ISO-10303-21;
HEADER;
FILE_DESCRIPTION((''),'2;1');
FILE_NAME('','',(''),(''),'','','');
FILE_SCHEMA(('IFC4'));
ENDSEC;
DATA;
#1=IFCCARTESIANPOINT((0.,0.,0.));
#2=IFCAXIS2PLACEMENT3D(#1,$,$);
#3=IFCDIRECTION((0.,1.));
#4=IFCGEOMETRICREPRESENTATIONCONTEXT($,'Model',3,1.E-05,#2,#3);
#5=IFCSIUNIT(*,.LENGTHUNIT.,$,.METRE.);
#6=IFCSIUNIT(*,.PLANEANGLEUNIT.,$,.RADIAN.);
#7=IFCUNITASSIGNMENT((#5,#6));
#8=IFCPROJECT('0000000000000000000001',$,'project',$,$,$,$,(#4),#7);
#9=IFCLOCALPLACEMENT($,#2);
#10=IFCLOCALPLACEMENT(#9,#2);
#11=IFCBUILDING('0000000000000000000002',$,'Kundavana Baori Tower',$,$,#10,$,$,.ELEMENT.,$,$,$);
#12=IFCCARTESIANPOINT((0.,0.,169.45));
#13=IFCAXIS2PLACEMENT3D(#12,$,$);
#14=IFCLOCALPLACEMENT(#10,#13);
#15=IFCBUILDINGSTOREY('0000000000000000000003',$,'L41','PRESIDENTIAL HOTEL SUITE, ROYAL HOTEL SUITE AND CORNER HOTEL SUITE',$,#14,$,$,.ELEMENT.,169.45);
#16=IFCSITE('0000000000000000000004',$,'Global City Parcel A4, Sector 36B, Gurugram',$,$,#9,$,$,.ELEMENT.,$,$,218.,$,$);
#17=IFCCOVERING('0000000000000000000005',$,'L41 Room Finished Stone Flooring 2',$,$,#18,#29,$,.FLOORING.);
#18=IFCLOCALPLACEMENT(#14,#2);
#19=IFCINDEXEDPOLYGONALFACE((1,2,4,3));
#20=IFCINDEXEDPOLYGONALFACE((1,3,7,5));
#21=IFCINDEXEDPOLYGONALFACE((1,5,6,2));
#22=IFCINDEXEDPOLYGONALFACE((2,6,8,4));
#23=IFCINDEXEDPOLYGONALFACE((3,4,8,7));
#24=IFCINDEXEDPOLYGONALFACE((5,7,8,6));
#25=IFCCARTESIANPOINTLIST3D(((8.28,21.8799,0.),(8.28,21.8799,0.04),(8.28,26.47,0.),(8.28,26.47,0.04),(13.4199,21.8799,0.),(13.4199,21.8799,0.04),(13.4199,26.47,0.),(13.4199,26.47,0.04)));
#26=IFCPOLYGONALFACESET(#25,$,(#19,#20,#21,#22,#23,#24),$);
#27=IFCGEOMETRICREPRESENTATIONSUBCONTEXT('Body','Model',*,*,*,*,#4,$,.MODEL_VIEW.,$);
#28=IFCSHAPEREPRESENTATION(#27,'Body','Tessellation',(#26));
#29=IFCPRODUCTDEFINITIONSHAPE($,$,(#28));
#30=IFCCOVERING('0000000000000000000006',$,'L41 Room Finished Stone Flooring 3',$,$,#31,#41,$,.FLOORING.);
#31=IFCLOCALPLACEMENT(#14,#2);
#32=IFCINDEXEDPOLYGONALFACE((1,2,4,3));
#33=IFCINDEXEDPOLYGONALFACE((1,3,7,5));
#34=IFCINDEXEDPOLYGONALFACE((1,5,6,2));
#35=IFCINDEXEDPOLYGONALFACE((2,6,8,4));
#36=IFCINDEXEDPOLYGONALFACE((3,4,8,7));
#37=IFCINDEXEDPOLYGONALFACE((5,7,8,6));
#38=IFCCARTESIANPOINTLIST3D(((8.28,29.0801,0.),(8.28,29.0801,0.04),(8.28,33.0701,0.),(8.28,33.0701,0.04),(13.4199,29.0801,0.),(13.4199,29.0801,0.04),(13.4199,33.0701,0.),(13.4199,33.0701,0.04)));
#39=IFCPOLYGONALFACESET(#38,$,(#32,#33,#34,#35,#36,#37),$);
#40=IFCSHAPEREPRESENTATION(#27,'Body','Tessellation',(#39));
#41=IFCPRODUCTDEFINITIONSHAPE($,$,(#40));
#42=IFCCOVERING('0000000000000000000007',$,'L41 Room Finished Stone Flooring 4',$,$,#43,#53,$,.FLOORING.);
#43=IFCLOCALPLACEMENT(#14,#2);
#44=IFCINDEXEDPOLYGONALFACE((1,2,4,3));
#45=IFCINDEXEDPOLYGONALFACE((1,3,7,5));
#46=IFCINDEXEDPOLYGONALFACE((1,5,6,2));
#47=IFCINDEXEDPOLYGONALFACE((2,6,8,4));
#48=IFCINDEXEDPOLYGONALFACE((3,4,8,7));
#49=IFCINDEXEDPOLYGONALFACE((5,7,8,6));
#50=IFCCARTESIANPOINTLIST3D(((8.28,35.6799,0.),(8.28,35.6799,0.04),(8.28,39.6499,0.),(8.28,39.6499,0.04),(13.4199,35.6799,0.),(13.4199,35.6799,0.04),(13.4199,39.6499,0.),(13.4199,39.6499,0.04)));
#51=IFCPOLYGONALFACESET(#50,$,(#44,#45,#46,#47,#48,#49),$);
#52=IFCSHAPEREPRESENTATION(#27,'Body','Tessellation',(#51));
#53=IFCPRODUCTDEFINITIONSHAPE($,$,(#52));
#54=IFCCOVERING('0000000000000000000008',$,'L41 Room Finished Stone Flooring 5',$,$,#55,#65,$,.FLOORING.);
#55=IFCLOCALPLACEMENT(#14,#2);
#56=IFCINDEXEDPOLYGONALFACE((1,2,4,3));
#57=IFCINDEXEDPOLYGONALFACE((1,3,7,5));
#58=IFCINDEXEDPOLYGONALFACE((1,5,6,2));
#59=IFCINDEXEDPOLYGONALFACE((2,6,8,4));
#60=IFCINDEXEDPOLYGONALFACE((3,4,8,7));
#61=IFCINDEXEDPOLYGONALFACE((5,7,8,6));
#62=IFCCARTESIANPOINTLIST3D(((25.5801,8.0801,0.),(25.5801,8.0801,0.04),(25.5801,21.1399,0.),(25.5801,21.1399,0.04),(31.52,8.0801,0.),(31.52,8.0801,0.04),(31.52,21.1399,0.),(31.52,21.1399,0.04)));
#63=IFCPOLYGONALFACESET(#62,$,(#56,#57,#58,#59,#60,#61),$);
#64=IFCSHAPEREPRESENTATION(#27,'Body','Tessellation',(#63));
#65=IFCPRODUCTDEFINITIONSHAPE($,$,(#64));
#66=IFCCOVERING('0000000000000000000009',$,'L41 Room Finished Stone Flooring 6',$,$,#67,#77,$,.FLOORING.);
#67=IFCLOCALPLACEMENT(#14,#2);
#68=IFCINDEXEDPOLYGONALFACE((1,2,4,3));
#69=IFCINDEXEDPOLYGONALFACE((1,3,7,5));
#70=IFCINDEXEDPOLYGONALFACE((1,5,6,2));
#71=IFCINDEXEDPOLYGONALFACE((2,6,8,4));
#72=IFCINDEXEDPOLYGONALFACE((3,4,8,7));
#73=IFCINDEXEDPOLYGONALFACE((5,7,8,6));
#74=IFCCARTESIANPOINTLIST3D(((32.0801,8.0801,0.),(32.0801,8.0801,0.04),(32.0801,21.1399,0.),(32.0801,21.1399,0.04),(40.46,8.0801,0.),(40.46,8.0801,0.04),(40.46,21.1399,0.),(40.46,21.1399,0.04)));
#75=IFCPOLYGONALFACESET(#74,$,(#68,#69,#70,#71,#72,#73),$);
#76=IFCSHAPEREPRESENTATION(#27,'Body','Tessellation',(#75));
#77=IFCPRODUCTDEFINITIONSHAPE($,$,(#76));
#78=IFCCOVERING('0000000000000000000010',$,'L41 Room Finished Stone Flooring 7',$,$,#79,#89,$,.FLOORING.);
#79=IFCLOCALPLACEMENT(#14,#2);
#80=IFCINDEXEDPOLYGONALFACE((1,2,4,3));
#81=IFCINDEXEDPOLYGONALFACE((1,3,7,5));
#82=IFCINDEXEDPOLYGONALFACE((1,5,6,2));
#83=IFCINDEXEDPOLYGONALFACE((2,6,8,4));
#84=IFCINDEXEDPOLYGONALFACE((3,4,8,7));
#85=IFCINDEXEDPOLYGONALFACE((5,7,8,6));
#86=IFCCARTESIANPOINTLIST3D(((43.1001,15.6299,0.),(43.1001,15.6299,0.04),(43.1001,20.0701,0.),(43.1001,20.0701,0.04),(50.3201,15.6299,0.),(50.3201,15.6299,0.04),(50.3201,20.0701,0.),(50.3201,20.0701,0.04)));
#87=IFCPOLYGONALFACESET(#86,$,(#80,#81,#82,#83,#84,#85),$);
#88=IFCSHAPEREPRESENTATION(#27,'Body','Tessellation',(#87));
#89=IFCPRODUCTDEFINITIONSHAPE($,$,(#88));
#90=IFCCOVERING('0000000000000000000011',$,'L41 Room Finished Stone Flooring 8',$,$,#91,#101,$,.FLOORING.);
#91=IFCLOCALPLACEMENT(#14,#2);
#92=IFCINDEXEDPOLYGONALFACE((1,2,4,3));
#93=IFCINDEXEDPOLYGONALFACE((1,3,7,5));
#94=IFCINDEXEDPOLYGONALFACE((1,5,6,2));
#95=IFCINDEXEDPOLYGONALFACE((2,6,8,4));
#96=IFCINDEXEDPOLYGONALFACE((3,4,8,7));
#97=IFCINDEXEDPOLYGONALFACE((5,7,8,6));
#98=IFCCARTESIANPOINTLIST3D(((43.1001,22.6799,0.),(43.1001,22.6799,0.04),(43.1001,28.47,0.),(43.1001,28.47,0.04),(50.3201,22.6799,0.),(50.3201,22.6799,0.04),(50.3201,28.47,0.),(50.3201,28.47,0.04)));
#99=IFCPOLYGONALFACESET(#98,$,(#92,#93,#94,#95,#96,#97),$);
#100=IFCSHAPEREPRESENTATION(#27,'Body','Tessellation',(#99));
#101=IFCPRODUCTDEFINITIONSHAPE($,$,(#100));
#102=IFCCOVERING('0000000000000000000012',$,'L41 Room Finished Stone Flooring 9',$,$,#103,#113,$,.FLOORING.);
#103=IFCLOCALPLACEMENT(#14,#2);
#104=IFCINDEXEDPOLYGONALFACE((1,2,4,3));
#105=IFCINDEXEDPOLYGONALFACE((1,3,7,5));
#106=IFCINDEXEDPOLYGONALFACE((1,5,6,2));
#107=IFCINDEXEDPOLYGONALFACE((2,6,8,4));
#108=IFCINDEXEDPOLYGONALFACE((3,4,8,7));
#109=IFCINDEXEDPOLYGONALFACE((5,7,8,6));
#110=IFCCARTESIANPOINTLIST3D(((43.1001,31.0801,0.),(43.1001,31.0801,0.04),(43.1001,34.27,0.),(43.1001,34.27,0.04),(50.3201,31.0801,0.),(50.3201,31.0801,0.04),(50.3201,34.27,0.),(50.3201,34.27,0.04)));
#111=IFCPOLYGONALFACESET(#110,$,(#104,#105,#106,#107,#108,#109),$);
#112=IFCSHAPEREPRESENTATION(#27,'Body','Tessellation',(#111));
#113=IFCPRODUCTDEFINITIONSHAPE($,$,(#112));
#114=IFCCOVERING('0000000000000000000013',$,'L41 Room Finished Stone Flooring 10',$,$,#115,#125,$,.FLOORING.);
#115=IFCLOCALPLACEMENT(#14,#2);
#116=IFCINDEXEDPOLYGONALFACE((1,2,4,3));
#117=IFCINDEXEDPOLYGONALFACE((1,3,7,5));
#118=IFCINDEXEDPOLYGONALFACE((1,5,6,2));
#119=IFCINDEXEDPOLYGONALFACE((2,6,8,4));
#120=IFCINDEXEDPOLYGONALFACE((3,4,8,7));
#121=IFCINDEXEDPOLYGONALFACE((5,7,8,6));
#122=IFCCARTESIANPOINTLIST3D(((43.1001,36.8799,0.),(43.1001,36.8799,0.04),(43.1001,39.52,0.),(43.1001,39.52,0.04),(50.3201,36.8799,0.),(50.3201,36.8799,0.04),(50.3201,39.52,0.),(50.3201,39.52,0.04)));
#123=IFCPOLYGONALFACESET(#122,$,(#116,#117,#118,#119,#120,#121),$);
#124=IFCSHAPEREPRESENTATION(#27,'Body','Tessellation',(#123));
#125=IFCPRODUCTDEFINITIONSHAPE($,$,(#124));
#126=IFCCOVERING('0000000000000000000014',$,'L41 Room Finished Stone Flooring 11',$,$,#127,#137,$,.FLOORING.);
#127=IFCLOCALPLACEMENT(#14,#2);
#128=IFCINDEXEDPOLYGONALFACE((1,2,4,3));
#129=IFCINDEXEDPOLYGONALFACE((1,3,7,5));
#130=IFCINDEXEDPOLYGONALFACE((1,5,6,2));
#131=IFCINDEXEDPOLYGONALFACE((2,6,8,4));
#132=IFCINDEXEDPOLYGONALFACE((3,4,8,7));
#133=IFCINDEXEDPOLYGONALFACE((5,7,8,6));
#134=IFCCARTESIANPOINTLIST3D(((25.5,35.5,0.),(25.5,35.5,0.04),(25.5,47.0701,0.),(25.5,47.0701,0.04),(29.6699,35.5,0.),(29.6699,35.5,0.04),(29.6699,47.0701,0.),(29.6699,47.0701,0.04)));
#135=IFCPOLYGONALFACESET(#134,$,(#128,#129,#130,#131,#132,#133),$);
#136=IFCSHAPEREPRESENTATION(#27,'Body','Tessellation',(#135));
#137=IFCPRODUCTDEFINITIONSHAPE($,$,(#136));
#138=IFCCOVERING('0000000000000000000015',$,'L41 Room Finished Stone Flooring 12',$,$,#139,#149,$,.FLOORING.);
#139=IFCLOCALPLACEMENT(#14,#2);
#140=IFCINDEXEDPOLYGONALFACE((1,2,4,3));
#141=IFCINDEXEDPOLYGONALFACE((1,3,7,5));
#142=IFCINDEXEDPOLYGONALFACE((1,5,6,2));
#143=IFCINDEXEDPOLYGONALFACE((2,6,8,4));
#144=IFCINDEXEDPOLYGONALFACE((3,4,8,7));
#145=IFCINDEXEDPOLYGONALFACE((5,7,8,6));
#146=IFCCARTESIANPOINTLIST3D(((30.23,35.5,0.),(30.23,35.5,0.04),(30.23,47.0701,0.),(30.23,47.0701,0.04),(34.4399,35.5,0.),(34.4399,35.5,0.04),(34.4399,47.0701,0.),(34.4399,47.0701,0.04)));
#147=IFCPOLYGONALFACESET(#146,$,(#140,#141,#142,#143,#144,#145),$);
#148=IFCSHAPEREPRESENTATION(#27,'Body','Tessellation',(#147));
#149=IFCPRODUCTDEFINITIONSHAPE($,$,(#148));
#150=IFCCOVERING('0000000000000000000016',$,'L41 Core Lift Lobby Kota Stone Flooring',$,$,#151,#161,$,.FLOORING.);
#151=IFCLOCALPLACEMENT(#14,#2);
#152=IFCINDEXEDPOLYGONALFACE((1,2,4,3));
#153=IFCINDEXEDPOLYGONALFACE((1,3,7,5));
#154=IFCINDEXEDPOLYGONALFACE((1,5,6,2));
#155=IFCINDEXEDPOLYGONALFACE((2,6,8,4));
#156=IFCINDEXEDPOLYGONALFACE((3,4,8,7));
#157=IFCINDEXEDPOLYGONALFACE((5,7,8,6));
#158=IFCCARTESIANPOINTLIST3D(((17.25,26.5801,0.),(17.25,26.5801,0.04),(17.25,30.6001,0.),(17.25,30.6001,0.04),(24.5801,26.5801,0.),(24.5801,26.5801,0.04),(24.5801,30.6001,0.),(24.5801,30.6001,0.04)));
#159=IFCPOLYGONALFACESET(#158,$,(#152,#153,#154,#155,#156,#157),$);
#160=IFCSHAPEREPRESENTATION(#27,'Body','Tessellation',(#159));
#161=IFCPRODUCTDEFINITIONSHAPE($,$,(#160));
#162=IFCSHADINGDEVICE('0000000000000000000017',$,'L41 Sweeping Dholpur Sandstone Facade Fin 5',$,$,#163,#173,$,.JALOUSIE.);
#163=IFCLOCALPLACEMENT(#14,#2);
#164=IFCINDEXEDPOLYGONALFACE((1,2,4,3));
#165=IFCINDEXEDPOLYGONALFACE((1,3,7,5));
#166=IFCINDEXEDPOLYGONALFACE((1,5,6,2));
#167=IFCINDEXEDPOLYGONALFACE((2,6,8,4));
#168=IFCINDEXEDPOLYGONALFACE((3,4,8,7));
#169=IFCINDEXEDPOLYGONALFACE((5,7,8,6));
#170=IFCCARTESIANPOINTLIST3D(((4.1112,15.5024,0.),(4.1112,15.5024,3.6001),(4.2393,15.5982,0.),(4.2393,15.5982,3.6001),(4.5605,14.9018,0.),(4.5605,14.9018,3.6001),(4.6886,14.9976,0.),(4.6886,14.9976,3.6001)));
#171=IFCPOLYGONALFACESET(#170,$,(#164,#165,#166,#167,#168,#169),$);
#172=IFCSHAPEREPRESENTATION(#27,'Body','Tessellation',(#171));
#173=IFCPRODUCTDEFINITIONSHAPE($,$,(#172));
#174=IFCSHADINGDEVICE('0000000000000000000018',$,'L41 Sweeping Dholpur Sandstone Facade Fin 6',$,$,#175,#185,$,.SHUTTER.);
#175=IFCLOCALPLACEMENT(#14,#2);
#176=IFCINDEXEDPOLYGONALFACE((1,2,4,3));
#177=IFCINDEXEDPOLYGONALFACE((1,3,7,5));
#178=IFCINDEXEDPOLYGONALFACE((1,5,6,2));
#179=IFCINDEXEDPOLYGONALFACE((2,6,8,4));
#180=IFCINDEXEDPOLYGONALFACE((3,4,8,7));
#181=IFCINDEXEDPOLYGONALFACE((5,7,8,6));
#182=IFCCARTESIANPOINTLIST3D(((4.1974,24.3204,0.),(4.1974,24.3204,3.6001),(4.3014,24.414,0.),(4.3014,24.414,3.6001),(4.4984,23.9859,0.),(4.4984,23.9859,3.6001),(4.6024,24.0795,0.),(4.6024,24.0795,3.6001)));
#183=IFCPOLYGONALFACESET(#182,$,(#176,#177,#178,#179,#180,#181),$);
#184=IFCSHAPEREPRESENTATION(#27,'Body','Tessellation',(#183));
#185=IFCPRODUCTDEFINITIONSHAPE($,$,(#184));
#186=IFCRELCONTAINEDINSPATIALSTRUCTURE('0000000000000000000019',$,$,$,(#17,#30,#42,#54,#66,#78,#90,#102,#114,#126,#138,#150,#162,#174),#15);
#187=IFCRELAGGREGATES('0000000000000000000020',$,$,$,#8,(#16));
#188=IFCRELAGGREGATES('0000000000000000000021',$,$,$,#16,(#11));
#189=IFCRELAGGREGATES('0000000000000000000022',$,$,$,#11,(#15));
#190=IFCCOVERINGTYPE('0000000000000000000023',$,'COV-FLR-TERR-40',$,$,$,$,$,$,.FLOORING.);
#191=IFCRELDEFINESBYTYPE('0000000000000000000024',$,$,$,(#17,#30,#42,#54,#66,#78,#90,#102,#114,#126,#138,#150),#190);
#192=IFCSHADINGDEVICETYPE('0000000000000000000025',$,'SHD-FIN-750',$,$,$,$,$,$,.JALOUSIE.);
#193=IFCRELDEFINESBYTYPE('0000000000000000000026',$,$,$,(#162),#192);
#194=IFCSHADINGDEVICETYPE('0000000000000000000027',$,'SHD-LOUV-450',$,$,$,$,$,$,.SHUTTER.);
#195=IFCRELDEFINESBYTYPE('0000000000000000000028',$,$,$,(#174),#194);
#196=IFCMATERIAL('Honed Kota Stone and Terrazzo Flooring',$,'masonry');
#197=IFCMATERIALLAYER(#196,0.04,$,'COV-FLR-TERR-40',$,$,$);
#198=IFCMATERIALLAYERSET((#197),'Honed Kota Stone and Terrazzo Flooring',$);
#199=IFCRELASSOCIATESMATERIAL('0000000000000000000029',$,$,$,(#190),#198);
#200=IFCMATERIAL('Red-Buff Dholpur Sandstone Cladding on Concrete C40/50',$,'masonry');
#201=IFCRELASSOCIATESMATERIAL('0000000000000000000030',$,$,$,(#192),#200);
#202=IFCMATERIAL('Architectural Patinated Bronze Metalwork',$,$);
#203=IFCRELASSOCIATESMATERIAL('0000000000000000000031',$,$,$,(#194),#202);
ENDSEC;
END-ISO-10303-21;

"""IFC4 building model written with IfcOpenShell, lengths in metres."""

from ifc_helpers import new_model, si_unit, direction, frame, origin, origin_2d, place, context, subcontext, project, spatial, polyline, rectangle, outline, extrude, material, layer, layer_set, type_object, element, save


model = new_model("IFC4")

# Units and contexts
model_context = context("Model", 3, precision=1e-05, world=origin(), true_north=direction((0.0, 1.0)))
body_context = subcontext(model_context, "Body", "Model", "MODEL_VIEW")
ifc_project = project(units=[si_unit("LENGTHUNIT", "METRE"), si_unit("PLANEANGLEUNIT", "RADIAN")], contexts=[model_context])

# Site, building, storey
site_placement = place(None, origin())
site = spatial("IfcSite", under=ifc_project, at=site_placement, Name="Global City Parcel A4, Sector 36B, Gurugram", CompositionType="ELEMENT", RefElevation=218.0)
building_placement = place(site_placement, origin())
building = spatial("IfcBuilding", under=site, at=building_placement, Name="Kundavana Baori Tower", CompositionType="ELEMENT")
storey_placement = place(building_placement, frame((0.0, 0.0, 169.45)))
storey = spatial("IfcBuildingStorey", under=building, at=storey_placement, Name="L41", Description="PRESIDENTIAL HOTEL SUITE, ROYAL HOTEL SUITE AND CORNER HOTEL SUITE", CompositionType="ELEMENT", Elevation=169.45)

# Coverings
ifc_material_1 = material(Name="Honed Kota Stone and Terrazzo Flooring", Category="masonry")
ifc_layer_1 = layer(ifc_material_1, 0.04, Name="COV-FLR-TERR-40")
ifc_layer_set_1 = layer_set([ifc_layer_1], Name="Honed Kota Stone and Terrazzo Flooring")
covering_type = type_object("IfcCoveringType", Name="COV-FLR-TERR-40", PredefinedType="FLOORING", material=ifc_layer_set_1)
covering_1_placement = place(storey_placement, origin())
element("IfcCovering", 1, at=covering_1_placement, inside=storey, type_object=covering_type, Name="L41 Room Finished Stone Flooring 2", PredefinedType="FLOORING", context=body_context, shape_type="SweptSolid", body=[
    extrude(outline(polyline([(8.28, 21.8799), (13.4199, 21.8799), (13.4199, 26.47), (8.28, 26.47), (8.28, 21.8799)])), origin(), (0.0, 0.0, 1.0), 0.04),
])
covering_2_placement = place(storey_placement, origin())
element("IfcCovering", 2, at=covering_2_placement, inside=storey, type_object=covering_type, Name="L41 Room Finished Stone Flooring 3", PredefinedType="FLOORING", context=body_context, shape_type="SweptSolid", body=[
    extrude(outline(polyline([(8.28, 29.0801), (13.4199, 29.0801), (13.4199, 33.0701), (8.28, 33.0701), (8.28, 29.0801)])), origin(), (0.0, 0.0, 1.0), 0.04),
])
covering_3_placement = place(storey_placement, origin())
element("IfcCovering", 3, at=covering_3_placement, inside=storey, type_object=covering_type, Name="L41 Room Finished Stone Flooring 4", PredefinedType="FLOORING", context=body_context, shape_type="SweptSolid", body=[
    extrude(outline(polyline([(8.28, 35.6799), (13.4199, 35.6799), (13.4199, 39.6499), (8.28, 39.6499), (8.28, 35.6799)])), origin(), (0.0, 0.0, 1.0), 0.04),
])
covering_4_placement = place(storey_placement, origin())
element("IfcCovering", 4, at=covering_4_placement, inside=storey, type_object=covering_type, Name="L41 Room Finished Stone Flooring 5", PredefinedType="FLOORING", context=body_context, shape_type="SweptSolid", body=[
    extrude(outline(polyline([(25.5801, 8.0801), (31.52, 8.0801), (31.52, 21.1399), (25.5801, 21.1399), (25.5801, 8.0801)])), origin(), (0.0, 0.0, 1.0), 0.04),
])
covering_5_placement = place(storey_placement, origin())
element("IfcCovering", 5, at=covering_5_placement, inside=storey, type_object=covering_type, Name="L41 Room Finished Stone Flooring 6", PredefinedType="FLOORING", context=body_context, shape_type="SweptSolid", body=[
    extrude(outline(polyline([(32.0801, 8.0801), (40.46, 8.0801), (40.46, 21.1399), (32.0801, 21.1399), (32.0801, 8.0801)])), origin(), (0.0, 0.0, 1.0), 0.04),
])
covering_6_placement = place(storey_placement, origin())
element("IfcCovering", 6, at=covering_6_placement, inside=storey, type_object=covering_type, Name="L41 Room Finished Stone Flooring 7", PredefinedType="FLOORING", context=body_context, shape_type="SweptSolid", body=[
    extrude(outline(polyline([(43.1001, 15.6299), (50.3201, 15.6299), (50.3201, 20.0701), (43.1001, 20.0701), (43.1001, 15.6299)])), origin(), (0.0, 0.0, 1.0), 0.04),
])
covering_7_placement = place(storey_placement, origin())
element("IfcCovering", 7, at=covering_7_placement, inside=storey, type_object=covering_type, Name="L41 Room Finished Stone Flooring 8", PredefinedType="FLOORING", context=body_context, shape_type="SweptSolid", body=[
    extrude(outline(polyline([(43.1001, 22.6799), (50.3201, 22.6799), (50.3201, 28.47), (43.1001, 28.47), (43.1001, 22.6799)])), origin(), (0.0, 0.0, 1.0), 0.04),
])
covering_8_placement = place(storey_placement, origin())
element("IfcCovering", 8, at=covering_8_placement, inside=storey, type_object=covering_type, Name="L41 Room Finished Stone Flooring 9", PredefinedType="FLOORING", context=body_context, shape_type="SweptSolid", body=[
    extrude(outline(polyline([(43.1001, 31.0801), (50.3201, 31.0801), (50.3201, 34.27), (43.1001, 34.27), (43.1001, 31.0801)])), origin(), (0.0, 0.0, 1.0), 0.04),
])
covering_9_placement = place(storey_placement, origin())
element("IfcCovering", 9, at=covering_9_placement, inside=storey, type_object=covering_type, Name="L41 Room Finished Stone Flooring 10", PredefinedType="FLOORING", context=body_context, shape_type="SweptSolid", body=[
    extrude(outline(polyline([(43.1001, 36.8799), (50.3201, 36.8799), (50.3201, 39.52), (43.1001, 39.52), (43.1001, 36.8799)])), origin(), (0.0, 0.0, 1.0), 0.04),
])
covering_10_placement = place(storey_placement, origin())
element("IfcCovering", 10, at=covering_10_placement, inside=storey, type_object=covering_type, Name="L41 Room Finished Stone Flooring 11", PredefinedType="FLOORING", context=body_context, shape_type="SweptSolid", body=[
    extrude(outline(polyline([(25.5, 35.5), (29.6699, 35.5), (29.6699, 47.0701), (25.5, 47.0701), (25.5, 35.5)])), origin(), (0.0, 0.0, 1.0), 0.04),
])
covering_11_placement = place(storey_placement, origin())
element("IfcCovering", 11, at=covering_11_placement, inside=storey, type_object=covering_type, Name="L41 Room Finished Stone Flooring 12", PredefinedType="FLOORING", context=body_context, shape_type="SweptSolid", body=[
    extrude(outline(polyline([(30.23, 35.5), (34.4399, 35.5), (34.4399, 47.0701), (30.23, 47.0701), (30.23, 35.5)])), origin(), (0.0, 0.0, 1.0), 0.04),
])
covering_12_placement = place(storey_placement, origin())
element("IfcCovering", 12, at=covering_12_placement, inside=storey, type_object=covering_type, Name="L41 Core Lift Lobby Kota Stone Flooring", PredefinedType="FLOORING", context=body_context, shape_type="SweptSolid", body=[
    extrude(outline(polyline([(17.25, 26.5801), (24.5801, 26.5801), (24.5801, 30.6001), (17.25, 30.6001), (17.25, 26.5801)])), origin(), (0.0, 0.0, 1.0), 0.04),
])

# Shading devices
ifc_material_2 = material(Name="Red-Buff Dholpur Sandstone Cladding on Concrete C40/50", Category="masonry")
shading_device_type_1 = type_object("IfcShadingDeviceType", Name="SHD-FIN-750", PredefinedType="JALOUSIE", material=ifc_material_2)
shading_device_1_placement = place(storey_placement, frame((4.3999, 15.25, 0.0), z_axis=(0.0, 0.0, 1.0), x_axis=(0.800731, 0.599024, 0.0)))
element("IfcShadingDevice", 13, at=shading_device_1_placement, inside=storey, type_object=shading_device_type_1, Name="L41 Sweeping Dholpur Sandstone Facade Fin 5", PredefinedType="JALOUSIE", context=body_context, shape_type="SweptSolid", body=[
    extrude(rectangle(XDim=0.1599, YDim=0.75, at=origin_2d()), origin(), (0.0, 0.0, 1.0), 3.6001),
])
ifc_material_3 = material(Name="Architectural Patinated Bronze Metalwork")
shading_device_type_2 = type_object("IfcShadingDeviceType", Name="SHD-LOUV-450", PredefinedType="SHUTTER", material=ifc_material_3)
shading_device_2_placement = place(storey_placement, frame((4.3999, 24.2, 0.0), z_axis=(0.0, 0.0, 1.0), x_axis=(0.743378, 0.668871, 0.0)))
element("IfcShadingDevice", 14, at=shading_device_2_placement, inside=storey, type_object=shading_device_type_2, Name="L41 Sweeping Dholpur Sandstone Facade Fin 6", PredefinedType="SHUTTER", context=body_context, shape_type="SweptSolid", body=[
    extrude(rectangle(XDim=0.1399, YDim=0.45, at=origin_2d()), origin(), (0.0, 0.0, 1.0), 3.6001),
])

save(model, "model.ifc")
